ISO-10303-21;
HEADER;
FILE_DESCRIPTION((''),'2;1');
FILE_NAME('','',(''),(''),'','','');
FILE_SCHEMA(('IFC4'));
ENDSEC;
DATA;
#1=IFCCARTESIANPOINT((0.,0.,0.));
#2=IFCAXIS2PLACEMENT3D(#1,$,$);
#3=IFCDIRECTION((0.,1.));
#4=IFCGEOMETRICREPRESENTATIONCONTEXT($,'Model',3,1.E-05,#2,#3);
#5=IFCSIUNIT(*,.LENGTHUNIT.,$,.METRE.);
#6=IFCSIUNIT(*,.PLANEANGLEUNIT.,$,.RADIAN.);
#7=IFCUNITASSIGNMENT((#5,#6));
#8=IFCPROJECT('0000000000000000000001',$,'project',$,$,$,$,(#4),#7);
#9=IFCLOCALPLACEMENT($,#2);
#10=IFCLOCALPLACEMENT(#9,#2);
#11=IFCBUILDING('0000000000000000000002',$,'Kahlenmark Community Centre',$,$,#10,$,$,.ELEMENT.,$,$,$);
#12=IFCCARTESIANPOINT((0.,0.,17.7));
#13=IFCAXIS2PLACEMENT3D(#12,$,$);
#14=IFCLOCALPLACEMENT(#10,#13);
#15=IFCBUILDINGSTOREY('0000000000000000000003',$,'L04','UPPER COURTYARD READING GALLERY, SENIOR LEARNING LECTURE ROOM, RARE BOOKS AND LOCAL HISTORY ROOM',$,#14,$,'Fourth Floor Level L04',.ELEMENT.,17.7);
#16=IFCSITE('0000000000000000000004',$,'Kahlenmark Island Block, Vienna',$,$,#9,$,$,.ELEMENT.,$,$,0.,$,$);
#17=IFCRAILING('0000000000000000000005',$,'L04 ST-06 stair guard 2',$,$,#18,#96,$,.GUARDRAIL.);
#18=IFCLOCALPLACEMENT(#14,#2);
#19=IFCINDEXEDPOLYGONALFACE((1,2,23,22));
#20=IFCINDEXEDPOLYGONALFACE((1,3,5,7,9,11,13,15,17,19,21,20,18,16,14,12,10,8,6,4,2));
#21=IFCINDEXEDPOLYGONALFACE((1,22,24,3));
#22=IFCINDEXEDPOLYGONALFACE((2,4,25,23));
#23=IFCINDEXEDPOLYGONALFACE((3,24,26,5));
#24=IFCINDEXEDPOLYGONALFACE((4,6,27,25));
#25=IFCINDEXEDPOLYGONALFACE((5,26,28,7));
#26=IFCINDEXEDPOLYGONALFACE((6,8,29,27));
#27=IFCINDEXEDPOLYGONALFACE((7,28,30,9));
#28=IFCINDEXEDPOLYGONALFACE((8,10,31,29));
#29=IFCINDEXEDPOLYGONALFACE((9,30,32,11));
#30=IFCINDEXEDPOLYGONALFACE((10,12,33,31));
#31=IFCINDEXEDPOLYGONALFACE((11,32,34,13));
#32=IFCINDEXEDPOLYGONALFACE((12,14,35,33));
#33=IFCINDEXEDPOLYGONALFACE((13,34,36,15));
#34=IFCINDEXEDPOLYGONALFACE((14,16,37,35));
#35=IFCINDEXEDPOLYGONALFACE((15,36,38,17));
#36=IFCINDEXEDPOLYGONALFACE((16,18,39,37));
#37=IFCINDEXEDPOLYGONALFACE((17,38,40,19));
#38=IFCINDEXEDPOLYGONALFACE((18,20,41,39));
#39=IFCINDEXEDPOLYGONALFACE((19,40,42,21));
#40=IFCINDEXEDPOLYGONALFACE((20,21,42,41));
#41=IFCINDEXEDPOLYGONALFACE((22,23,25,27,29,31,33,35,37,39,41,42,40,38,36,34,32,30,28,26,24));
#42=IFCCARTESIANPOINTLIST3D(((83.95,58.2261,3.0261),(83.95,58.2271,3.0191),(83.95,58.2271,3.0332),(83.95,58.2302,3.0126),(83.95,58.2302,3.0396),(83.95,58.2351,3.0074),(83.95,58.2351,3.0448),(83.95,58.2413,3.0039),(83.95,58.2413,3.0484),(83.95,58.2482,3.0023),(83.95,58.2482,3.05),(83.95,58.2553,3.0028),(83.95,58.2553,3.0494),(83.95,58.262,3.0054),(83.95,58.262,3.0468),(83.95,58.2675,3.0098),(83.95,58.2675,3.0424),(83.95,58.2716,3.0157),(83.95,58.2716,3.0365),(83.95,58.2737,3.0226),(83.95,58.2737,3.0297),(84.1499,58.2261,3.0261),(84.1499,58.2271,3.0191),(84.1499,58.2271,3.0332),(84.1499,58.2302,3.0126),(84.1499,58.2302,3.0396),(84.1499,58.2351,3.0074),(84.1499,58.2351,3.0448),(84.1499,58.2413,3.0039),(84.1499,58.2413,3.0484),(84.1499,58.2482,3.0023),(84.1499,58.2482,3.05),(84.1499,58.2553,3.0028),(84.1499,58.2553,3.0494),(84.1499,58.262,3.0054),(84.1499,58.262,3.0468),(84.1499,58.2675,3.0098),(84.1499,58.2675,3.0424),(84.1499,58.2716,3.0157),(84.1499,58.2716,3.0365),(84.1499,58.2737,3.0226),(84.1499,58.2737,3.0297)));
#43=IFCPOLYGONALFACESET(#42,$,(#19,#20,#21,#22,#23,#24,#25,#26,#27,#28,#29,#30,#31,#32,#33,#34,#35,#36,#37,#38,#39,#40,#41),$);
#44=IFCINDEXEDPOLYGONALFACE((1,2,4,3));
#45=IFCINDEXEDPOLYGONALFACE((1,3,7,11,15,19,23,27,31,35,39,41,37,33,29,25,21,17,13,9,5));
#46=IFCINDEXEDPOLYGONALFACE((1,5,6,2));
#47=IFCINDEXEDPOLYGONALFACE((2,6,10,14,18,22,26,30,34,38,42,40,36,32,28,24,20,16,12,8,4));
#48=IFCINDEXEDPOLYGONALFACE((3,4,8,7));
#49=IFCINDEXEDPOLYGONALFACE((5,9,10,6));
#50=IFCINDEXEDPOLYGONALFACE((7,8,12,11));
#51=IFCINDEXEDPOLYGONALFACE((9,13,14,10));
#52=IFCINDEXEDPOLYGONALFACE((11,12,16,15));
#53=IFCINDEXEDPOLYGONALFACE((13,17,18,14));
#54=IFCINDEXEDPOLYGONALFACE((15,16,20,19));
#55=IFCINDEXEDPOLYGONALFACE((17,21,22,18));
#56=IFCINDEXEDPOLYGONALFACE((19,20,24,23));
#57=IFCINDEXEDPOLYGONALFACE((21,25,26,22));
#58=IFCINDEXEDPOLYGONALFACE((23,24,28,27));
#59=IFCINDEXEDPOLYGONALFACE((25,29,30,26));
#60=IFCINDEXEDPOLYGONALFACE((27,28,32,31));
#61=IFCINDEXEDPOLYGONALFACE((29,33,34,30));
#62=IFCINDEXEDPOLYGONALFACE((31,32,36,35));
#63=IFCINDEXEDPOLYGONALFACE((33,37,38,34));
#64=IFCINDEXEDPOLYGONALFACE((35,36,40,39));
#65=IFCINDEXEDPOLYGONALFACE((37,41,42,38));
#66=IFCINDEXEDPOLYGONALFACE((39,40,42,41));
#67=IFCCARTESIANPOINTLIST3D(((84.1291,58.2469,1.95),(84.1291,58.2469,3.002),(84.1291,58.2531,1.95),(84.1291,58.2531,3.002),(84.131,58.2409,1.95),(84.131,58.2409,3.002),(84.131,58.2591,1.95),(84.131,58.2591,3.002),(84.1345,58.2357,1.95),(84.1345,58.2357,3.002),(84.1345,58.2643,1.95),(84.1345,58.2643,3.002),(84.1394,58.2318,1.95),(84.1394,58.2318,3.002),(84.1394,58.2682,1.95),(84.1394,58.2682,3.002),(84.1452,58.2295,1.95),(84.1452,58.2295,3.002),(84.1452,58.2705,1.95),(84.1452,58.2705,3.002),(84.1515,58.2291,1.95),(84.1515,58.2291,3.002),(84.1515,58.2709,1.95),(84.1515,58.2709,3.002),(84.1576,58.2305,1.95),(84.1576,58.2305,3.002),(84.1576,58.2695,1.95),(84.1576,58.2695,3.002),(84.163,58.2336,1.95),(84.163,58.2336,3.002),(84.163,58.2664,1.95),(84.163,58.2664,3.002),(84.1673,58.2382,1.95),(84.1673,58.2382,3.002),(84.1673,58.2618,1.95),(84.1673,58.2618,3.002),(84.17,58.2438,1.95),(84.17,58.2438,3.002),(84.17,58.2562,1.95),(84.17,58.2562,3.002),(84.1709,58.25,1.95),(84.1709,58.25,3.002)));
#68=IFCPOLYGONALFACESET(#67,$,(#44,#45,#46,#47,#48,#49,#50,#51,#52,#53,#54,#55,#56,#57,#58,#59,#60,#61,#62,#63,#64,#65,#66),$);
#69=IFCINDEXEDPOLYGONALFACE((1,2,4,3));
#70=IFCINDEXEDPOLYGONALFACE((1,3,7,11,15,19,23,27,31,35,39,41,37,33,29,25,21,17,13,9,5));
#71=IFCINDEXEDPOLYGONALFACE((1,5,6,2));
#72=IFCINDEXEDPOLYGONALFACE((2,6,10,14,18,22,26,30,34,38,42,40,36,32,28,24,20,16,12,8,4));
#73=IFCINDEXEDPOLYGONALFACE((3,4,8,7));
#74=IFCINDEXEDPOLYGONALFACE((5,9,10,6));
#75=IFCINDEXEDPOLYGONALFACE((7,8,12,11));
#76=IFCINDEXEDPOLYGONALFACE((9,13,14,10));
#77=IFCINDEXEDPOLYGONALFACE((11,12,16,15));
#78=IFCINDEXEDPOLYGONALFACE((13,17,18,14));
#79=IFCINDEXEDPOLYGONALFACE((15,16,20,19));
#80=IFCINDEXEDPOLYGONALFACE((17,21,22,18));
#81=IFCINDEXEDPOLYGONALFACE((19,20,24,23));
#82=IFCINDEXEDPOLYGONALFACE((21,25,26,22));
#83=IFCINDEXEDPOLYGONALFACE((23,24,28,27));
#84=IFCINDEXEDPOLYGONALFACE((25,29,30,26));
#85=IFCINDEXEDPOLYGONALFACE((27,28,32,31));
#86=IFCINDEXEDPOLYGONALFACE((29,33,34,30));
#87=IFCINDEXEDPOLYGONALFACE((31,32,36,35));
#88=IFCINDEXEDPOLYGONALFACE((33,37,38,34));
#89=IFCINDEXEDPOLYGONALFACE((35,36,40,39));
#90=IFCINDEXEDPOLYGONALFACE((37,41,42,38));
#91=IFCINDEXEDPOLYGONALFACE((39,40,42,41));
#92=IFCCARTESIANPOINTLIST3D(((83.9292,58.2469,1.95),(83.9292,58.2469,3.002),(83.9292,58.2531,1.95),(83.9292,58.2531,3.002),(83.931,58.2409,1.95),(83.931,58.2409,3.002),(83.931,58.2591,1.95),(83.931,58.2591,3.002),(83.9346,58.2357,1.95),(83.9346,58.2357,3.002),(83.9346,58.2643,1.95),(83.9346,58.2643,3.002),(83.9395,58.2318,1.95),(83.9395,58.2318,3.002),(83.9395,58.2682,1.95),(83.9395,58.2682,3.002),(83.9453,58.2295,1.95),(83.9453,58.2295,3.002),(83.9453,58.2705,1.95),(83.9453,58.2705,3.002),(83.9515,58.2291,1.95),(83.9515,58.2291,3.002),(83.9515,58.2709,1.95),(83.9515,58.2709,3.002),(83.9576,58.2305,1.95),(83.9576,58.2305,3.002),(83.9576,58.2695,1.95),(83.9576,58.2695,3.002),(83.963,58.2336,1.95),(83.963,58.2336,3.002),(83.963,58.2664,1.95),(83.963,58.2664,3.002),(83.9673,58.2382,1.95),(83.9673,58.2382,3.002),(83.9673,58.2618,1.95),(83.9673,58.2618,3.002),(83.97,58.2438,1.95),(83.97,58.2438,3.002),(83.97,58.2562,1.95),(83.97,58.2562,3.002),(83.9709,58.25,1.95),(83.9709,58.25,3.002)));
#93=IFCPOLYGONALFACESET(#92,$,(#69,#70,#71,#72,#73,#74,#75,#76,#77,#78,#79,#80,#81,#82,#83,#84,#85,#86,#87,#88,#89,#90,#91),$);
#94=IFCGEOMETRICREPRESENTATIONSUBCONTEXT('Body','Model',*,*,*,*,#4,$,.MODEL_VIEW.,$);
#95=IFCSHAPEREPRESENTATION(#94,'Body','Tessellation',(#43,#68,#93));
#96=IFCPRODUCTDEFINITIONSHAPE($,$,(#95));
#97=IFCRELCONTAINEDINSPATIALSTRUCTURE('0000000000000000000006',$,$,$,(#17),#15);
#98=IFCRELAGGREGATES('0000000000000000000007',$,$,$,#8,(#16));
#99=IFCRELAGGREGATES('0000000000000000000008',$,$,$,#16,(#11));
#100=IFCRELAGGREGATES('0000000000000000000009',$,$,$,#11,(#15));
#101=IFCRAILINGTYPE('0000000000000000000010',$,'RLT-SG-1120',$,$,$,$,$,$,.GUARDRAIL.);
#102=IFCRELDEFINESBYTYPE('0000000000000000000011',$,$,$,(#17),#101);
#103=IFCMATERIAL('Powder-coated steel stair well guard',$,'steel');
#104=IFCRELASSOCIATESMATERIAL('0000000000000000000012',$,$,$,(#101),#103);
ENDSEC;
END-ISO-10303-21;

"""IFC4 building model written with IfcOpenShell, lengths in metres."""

from ifc_helpers import new_model, si_unit, direction, frame, origin, origin_2d, place, context, subcontext, project, spatial, circle, extrude, material, type_object, element, save


model = new_model("IFC4")

# Units and contexts
model_context = context("Model", 3, precision=1e-05, world=origin(), true_north=direction((0.0, 1.0)))
body_context = subcontext(model_context, "Body", "Model", "MODEL_VIEW")
ifc_project = project(units=[si_unit("LENGTHUNIT", "METRE"), si_unit("PLANEANGLEUNIT", "RADIAN")], contexts=[model_context])

# Site, building, storey
site_placement = place(None, origin())
site = spatial("IfcSite", under=ifc_project, at=site_placement, Name="Kahlenmark Island Block, Vienna", CompositionType="ELEMENT", RefElevation=0.0)
building_placement = place(site_placement, origin())
building = spatial("IfcBuilding", under=site, at=building_placement, Name="Kahlenmark Community Centre", CompositionType="ELEMENT")
storey_placement = place(building_placement, frame((0.0, 0.0, 17.7)))
storey = spatial("IfcBuildingStorey", under=building, at=storey_placement, Name="L04", Description="UPPER COURTYARD READING GALLERY, SENIOR LEARNING LECTURE ROOM, RARE BOOKS AND LOCAL HISTORY ROOM", LongName="Fourth Floor Level L04", CompositionType="ELEMENT", Elevation=17.7)

# Railing
ifc_material_1 = material(Name="Powder-coated steel stair well guard", Category="steel")
railing_type_1 = type_object("IfcRailingType", Name="RLT-SG-1120", PredefinedType="GUARDRAIL", material=ifc_material_1)
railing_1_placement = place(storey_placement, frame((84.1499, 58.25, 1.95)))
element("IfcRailing", 1, at=railing_1_placement, inside=storey, type_object=railing_type_1, Name="L04 ST-06 stair guard 2", PredefinedType="GUARDRAIL", context=body_context, shape_type="SweptSolid", body=[
    extrude(circle(Radius=0.0239, at=origin_2d()), frame((0.0, 0.0, 1.0762), z_axis=(-1.0, 0.0, 0.0), x_axis=(0.0, -1.0, 0.0)), (0.0, 0.0, 1.0), 0.2),
    extrude(circle(Radius=0.021, at=origin_2d()), origin(), (0.0, 0.0, 1.0), 1.052),
    extrude(circle(Radius=0.021, at=origin_2d()), frame((-0.2, 0.0, 0.0)), (0.0, 0.0, 1.0), 1.052),
])

save(model, "model.ifc")
